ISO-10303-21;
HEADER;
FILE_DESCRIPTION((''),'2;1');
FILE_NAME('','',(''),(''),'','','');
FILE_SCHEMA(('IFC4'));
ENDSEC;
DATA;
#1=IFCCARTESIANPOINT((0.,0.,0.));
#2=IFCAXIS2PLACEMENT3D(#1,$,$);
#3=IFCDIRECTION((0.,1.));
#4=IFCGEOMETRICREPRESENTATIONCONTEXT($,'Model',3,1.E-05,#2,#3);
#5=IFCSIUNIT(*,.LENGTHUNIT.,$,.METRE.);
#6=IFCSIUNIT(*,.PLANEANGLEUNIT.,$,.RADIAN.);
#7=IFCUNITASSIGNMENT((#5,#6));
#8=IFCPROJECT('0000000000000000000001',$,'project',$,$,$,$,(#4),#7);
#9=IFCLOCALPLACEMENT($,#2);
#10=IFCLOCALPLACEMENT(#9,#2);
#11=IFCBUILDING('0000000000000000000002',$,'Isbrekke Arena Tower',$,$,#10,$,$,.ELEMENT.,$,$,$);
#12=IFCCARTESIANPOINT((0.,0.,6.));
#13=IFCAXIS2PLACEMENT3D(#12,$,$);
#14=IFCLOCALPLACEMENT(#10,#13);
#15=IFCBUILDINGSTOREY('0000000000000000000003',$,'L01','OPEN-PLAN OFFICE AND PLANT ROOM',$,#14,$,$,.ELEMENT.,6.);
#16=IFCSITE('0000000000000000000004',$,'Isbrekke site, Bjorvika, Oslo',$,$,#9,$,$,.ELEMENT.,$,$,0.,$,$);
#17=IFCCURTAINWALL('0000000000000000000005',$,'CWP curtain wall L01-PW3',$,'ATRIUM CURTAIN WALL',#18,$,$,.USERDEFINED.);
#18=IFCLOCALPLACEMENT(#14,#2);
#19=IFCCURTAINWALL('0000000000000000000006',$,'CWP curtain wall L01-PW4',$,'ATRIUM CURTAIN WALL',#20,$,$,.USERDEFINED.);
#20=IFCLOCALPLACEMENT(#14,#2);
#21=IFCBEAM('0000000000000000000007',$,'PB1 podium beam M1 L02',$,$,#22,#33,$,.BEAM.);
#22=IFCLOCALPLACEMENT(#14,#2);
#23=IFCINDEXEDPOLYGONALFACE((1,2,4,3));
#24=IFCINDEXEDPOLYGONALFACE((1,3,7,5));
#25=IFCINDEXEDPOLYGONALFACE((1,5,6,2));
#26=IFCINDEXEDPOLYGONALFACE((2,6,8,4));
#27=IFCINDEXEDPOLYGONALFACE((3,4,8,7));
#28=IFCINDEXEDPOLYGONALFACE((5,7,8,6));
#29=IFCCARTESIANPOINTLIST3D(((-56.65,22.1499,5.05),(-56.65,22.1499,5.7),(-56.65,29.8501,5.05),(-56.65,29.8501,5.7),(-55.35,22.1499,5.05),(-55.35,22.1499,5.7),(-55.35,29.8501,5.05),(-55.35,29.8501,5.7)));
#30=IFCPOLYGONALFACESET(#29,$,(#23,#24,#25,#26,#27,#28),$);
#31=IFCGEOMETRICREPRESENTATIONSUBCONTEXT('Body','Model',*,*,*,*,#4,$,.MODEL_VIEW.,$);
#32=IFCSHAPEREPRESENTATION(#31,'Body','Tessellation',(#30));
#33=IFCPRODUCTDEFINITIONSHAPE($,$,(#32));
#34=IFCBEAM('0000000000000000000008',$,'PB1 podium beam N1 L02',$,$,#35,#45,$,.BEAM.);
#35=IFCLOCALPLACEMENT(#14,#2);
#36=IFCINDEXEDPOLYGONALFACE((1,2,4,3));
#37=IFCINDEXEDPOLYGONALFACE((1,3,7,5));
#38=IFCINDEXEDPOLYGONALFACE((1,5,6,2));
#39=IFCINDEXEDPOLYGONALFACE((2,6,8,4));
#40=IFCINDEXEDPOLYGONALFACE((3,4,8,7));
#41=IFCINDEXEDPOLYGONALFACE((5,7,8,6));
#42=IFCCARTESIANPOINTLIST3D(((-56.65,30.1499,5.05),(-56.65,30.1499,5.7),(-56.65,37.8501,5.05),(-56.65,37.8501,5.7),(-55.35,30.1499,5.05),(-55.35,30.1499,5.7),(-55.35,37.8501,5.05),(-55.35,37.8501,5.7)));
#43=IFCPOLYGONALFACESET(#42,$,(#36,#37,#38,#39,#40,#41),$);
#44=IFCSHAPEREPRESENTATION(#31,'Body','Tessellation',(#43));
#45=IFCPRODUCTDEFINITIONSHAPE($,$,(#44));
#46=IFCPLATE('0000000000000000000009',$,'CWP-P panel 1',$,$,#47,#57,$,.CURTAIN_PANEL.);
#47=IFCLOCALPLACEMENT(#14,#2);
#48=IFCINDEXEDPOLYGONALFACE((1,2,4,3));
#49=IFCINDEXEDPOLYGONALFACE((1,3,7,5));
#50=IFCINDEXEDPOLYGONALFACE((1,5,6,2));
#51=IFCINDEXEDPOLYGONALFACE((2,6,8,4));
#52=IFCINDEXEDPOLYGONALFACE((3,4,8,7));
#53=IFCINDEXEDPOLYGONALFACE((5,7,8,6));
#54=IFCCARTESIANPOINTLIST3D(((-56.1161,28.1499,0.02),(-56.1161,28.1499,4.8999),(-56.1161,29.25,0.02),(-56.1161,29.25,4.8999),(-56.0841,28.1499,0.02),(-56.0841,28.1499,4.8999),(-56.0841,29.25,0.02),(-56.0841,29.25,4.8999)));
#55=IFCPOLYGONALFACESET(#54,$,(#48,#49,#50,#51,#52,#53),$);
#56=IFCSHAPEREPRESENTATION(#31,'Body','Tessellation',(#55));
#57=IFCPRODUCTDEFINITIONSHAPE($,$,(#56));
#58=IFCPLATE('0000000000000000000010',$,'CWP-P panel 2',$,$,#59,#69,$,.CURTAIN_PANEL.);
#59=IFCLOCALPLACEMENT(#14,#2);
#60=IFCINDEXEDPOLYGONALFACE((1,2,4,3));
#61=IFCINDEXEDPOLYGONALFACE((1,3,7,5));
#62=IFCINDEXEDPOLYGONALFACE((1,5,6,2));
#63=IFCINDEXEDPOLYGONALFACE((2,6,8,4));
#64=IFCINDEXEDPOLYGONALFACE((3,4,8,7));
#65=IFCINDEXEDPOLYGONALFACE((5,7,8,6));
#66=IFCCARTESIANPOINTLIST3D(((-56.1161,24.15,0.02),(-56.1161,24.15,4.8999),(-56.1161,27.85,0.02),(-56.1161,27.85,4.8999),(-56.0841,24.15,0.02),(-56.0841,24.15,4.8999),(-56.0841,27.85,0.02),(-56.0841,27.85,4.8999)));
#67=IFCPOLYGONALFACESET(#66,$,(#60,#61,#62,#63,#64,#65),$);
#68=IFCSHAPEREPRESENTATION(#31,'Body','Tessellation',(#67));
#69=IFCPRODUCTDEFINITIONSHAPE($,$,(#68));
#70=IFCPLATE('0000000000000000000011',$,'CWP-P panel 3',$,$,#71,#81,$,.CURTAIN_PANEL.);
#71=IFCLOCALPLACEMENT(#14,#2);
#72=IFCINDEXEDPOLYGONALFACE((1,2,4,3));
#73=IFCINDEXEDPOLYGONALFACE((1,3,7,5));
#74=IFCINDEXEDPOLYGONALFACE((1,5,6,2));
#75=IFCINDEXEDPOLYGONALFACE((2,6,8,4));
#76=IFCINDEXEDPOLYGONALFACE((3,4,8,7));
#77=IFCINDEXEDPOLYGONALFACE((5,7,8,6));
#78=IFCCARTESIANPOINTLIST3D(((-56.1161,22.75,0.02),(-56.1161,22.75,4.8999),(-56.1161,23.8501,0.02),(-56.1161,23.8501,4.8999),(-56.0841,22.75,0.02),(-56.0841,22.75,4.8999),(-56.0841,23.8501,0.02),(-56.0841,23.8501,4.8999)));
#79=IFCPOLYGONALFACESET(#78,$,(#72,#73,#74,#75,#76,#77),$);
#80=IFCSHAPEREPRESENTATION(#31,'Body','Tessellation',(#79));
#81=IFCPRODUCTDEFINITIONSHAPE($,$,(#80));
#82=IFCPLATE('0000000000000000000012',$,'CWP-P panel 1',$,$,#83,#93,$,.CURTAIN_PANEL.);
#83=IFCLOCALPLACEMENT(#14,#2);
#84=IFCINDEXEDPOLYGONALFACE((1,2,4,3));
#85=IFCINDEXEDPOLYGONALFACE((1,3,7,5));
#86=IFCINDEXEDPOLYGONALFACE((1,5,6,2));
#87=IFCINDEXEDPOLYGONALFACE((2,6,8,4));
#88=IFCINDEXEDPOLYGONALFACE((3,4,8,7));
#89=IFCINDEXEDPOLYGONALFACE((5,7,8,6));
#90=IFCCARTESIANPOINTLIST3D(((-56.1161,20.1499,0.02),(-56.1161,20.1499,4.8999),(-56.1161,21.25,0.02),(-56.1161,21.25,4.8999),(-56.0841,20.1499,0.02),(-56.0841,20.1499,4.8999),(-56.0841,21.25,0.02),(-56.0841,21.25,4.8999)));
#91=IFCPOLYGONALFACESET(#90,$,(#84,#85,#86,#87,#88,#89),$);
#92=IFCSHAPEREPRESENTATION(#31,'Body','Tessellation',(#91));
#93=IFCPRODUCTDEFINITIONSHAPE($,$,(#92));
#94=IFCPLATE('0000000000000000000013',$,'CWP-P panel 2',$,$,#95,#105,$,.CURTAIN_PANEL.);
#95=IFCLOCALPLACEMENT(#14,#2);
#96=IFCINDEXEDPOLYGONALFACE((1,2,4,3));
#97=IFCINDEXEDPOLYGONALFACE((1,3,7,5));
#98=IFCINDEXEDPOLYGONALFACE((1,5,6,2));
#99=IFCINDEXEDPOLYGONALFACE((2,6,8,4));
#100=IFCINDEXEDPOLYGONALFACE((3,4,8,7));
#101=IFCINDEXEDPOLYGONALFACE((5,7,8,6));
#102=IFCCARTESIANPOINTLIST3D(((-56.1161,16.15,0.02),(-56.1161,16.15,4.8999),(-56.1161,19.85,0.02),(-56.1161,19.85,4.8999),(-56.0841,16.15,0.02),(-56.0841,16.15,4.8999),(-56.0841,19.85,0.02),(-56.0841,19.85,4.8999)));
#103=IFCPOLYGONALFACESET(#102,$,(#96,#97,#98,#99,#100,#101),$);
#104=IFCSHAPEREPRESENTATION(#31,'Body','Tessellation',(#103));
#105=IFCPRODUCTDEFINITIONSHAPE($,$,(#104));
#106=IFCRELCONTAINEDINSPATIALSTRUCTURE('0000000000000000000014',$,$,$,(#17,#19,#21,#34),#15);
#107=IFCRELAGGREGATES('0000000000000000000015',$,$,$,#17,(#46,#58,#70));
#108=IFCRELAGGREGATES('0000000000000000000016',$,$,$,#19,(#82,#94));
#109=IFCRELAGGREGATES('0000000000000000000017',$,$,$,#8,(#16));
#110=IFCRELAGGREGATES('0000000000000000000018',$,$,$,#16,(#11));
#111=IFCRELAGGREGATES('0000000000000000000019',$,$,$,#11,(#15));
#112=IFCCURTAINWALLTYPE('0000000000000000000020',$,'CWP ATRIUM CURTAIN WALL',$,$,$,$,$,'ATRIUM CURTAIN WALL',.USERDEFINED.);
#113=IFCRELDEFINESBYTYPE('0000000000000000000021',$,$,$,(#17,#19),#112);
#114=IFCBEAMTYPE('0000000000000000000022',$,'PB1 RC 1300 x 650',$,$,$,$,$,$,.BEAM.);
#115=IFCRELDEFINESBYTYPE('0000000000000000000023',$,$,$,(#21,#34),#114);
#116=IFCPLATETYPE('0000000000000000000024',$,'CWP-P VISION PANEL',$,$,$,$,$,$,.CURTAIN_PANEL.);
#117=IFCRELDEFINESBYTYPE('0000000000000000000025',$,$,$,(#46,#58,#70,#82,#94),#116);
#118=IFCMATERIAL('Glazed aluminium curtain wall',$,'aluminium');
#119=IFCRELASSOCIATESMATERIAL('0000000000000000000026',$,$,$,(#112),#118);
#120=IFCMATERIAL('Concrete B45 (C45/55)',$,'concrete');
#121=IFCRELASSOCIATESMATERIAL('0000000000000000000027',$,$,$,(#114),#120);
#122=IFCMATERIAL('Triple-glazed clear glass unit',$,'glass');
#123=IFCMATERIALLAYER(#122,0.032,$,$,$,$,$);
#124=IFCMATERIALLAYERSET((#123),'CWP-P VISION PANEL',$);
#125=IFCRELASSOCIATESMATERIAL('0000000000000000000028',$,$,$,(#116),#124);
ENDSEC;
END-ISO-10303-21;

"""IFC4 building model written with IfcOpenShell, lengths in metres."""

from ifc_helpers import new_model, si_unit, direction, frame, origin, origin_2d, place, context, subcontext, project, spatial, rectangle, extrude, material, layer, layer_set, material_profile, profile_set, type_object, element, aggregate, save


model = new_model("IFC4")

# Units and contexts
model_context = context("Model", 3, precision=1e-05, world=origin(), true_north=direction((0.0, 1.0)))
body_context = subcontext(model_context, "Body", "Model", "MODEL_VIEW")
ifc_project = project(units=[si_unit("LENGTHUNIT", "METRE"), si_unit("PLANEANGLEUNIT", "RADIAN")], contexts=[model_context])

# Site, building, storey
site_placement = place(None, origin())
site = spatial("IfcSite", under=ifc_project, at=site_placement, Name="Isbrekke site, Bjorvika, Oslo", CompositionType="ELEMENT", RefElevation=0.0)
building_placement = place(site_placement, origin())
building = spatial("IfcBuilding", under=site, at=building_placement, Name="Isbrekke Arena Tower", CompositionType="ELEMENT")
storey_placement = place(building_placement, frame((0.0, 0.0, 6.0)))
storey = spatial("IfcBuildingStorey", under=building, at=storey_placement, Name="L01", Description="OPEN-PLAN OFFICE AND PLANT ROOM", CompositionType="ELEMENT", Elevation=6.0)

# Curtain walls
ifc_material_1 = material(Name="Glazed aluminium curtain wall", Category="aluminium")
curtain_wall_type = type_object("IfcCurtainWallType", Name="CWP ATRIUM CURTAIN WALL", ElementType="ATRIUM CURTAIN WALL", PredefinedType="USERDEFINED", material=ifc_material_1)
curtain_wall_1_placement = place(storey_placement, origin())
curtain_wall_1 = element("IfcCurtainWall", 1, at=curtain_wall_1_placement, inside=storey, type_object=curtain_wall_type, Name="CWP curtain wall L01-PW3", ObjectType="ATRIUM CURTAIN WALL", PredefinedType="USERDEFINED")
curtain_wall_2_placement = place(storey_placement, origin())
curtain_wall_2 = element("IfcCurtainWall", 2, at=curtain_wall_2_placement, inside=storey, type_object=curtain_wall_type, Name="CWP curtain wall L01-PW4", ObjectType="ATRIUM CURTAIN WALL", PredefinedType="USERDEFINED")

# Beams
ifc_material_2 = material(Name="Concrete B45 (C45/55)", Category="concrete")
ifc_material_profile_1 = material_profile(ifc_material_2, rectangle(XDim=1.3, YDim=0.6499, at=origin_2d()), Name="RC 1300x650")
ifc_profile_set_1 = profile_set([ifc_material_profile_1], Name="Concrete B45 (C45/55)")
beam_type = type_object("IfcBeamType", Name="PB1 RC 1300 x 650", PredefinedType="BEAM", material=ifc_profile_set_1)
for number, where, z_axis, x_axis, name in (
    (3, (-56.0, 22.1499, 5.375), (0.0, 1.0, 0.0), (-1.0, 0.0, 0.0), "PB1 podium beam M1 L02"),
    (4, (-56.0, 30.1499, 5.375), (0.0, 1.0, 0.0), (-1.0, 0.0, 0.0), "PB1 podium beam N1 L02"),
):
    element("IfcBeam", number, at=place(storey_placement, frame(where, z_axis=z_axis, x_axis=x_axis)), inside=storey, type_object=beam_type, Name=name, PredefinedType="BEAM", context=body_context, shape_type="SweptSolid", body=[
        extrude(rectangle(XDim=1.3, YDim=0.6499, at=origin_2d()), origin(), (0.0, 0.0, 1.0), 7.7002),
    ])

# Plates
ifc_material_3 = material(Name="Triple-glazed clear glass unit", Category="glass")
ifc_layer = layer(ifc_material_3, 0.032)
ifc_layer_set = layer_set([ifc_layer], Name="CWP-P VISION PANEL")
plate_type = type_object("IfcPlateType", Name="CWP-P VISION PANEL", PredefinedType="CURTAIN_PANEL", material=ifc_layer_set)
plate_1_placement = place(storey_placement, frame((-56.1001, 28.7, 0.02), z_axis=(0.0, 0.0, 1.0), x_axis=(0.0, -1.0, 0.0)))
plate_1 = element("IfcPlate", 5, at=plate_1_placement, type_object=plate_type, Name="CWP-P panel 1", PredefinedType="CURTAIN_PANEL", context=body_context, shape_type="SweptSolid", body=[
    extrude(rectangle(XDim=1.1001, YDim=0.032, at=origin_2d()), origin(), (0.0, 0.0, 1.0), 4.8799),
])
plate_2_placement = place(storey_placement, frame((-56.1001, 26.0, 0.02), z_axis=(0.0, 0.0, 1.0), x_axis=(0.0, -1.0, 0.0)))
plate_2 = element("IfcPlate", 6, at=plate_2_placement, type_object=plate_type, Name="CWP-P panel 2", PredefinedType="CURTAIN_PANEL", context=body_context, shape_type="SweptSolid", body=[
    extrude(rectangle(XDim=3.7, YDim=0.032, at=origin_2d()), origin(), (0.0, 0.0, 1.0), 4.8799),
])
plate_3_placement = place(storey_placement, frame((-56.1001, 23.3, 0.02), z_axis=(0.0, 0.0, 1.0), x_axis=(0.0, -1.0, 0.0)))
plate_3 = element("IfcPlate", 7, at=plate_3_placement, type_object=plate_type, Name="CWP-P panel 3", PredefinedType="CURTAIN_PANEL", context=body_context, shape_type="SweptSolid", body=[
    extrude(rectangle(XDim=1.1001, YDim=0.032, at=origin_2d()), origin(), (0.0, 0.0, 1.0), 4.8799),
])
aggregate(curtain_wall_1, [plate_1, plate_2, plate_3])
plate_4_placement = place(storey_placement, frame((-56.1001, 20.7, 0.02), z_axis=(0.0, 0.0, 1.0), x_axis=(0.0, -1.0, 0.0)))
plate_4 = element("IfcPlate", 8, at=plate_4_placement, type_object=plate_type, Name="CWP-P panel 1", PredefinedType="CURTAIN_PANEL", context=body_context, shape_type="SweptSolid", body=[
    extrude(rectangle(XDim=1.1001, YDim=0.032, at=origin_2d()), origin(), (0.0, 0.0, 1.0), 4.8799),
])
plate_5_placement = place(storey_placement, frame((-56.1001, 18.0, 0.02), z_axis=(0.0, 0.0, 1.0), x_axis=(0.0, -1.0, 0.0)))
plate_5 = element("IfcPlate", 9, at=plate_5_placement, type_object=plate_type, Name="CWP-P panel 2", PredefinedType="CURTAIN_PANEL", context=body_context, shape_type="SweptSolid", body=[
    extrude(rectangle(XDim=3.7, YDim=0.032, at=origin_2d()), origin(), (0.0, 0.0, 1.0), 4.8799),
])
aggregate(curtain_wall_2, [plate_4, plate_5])

save(model, "model.ifc")
